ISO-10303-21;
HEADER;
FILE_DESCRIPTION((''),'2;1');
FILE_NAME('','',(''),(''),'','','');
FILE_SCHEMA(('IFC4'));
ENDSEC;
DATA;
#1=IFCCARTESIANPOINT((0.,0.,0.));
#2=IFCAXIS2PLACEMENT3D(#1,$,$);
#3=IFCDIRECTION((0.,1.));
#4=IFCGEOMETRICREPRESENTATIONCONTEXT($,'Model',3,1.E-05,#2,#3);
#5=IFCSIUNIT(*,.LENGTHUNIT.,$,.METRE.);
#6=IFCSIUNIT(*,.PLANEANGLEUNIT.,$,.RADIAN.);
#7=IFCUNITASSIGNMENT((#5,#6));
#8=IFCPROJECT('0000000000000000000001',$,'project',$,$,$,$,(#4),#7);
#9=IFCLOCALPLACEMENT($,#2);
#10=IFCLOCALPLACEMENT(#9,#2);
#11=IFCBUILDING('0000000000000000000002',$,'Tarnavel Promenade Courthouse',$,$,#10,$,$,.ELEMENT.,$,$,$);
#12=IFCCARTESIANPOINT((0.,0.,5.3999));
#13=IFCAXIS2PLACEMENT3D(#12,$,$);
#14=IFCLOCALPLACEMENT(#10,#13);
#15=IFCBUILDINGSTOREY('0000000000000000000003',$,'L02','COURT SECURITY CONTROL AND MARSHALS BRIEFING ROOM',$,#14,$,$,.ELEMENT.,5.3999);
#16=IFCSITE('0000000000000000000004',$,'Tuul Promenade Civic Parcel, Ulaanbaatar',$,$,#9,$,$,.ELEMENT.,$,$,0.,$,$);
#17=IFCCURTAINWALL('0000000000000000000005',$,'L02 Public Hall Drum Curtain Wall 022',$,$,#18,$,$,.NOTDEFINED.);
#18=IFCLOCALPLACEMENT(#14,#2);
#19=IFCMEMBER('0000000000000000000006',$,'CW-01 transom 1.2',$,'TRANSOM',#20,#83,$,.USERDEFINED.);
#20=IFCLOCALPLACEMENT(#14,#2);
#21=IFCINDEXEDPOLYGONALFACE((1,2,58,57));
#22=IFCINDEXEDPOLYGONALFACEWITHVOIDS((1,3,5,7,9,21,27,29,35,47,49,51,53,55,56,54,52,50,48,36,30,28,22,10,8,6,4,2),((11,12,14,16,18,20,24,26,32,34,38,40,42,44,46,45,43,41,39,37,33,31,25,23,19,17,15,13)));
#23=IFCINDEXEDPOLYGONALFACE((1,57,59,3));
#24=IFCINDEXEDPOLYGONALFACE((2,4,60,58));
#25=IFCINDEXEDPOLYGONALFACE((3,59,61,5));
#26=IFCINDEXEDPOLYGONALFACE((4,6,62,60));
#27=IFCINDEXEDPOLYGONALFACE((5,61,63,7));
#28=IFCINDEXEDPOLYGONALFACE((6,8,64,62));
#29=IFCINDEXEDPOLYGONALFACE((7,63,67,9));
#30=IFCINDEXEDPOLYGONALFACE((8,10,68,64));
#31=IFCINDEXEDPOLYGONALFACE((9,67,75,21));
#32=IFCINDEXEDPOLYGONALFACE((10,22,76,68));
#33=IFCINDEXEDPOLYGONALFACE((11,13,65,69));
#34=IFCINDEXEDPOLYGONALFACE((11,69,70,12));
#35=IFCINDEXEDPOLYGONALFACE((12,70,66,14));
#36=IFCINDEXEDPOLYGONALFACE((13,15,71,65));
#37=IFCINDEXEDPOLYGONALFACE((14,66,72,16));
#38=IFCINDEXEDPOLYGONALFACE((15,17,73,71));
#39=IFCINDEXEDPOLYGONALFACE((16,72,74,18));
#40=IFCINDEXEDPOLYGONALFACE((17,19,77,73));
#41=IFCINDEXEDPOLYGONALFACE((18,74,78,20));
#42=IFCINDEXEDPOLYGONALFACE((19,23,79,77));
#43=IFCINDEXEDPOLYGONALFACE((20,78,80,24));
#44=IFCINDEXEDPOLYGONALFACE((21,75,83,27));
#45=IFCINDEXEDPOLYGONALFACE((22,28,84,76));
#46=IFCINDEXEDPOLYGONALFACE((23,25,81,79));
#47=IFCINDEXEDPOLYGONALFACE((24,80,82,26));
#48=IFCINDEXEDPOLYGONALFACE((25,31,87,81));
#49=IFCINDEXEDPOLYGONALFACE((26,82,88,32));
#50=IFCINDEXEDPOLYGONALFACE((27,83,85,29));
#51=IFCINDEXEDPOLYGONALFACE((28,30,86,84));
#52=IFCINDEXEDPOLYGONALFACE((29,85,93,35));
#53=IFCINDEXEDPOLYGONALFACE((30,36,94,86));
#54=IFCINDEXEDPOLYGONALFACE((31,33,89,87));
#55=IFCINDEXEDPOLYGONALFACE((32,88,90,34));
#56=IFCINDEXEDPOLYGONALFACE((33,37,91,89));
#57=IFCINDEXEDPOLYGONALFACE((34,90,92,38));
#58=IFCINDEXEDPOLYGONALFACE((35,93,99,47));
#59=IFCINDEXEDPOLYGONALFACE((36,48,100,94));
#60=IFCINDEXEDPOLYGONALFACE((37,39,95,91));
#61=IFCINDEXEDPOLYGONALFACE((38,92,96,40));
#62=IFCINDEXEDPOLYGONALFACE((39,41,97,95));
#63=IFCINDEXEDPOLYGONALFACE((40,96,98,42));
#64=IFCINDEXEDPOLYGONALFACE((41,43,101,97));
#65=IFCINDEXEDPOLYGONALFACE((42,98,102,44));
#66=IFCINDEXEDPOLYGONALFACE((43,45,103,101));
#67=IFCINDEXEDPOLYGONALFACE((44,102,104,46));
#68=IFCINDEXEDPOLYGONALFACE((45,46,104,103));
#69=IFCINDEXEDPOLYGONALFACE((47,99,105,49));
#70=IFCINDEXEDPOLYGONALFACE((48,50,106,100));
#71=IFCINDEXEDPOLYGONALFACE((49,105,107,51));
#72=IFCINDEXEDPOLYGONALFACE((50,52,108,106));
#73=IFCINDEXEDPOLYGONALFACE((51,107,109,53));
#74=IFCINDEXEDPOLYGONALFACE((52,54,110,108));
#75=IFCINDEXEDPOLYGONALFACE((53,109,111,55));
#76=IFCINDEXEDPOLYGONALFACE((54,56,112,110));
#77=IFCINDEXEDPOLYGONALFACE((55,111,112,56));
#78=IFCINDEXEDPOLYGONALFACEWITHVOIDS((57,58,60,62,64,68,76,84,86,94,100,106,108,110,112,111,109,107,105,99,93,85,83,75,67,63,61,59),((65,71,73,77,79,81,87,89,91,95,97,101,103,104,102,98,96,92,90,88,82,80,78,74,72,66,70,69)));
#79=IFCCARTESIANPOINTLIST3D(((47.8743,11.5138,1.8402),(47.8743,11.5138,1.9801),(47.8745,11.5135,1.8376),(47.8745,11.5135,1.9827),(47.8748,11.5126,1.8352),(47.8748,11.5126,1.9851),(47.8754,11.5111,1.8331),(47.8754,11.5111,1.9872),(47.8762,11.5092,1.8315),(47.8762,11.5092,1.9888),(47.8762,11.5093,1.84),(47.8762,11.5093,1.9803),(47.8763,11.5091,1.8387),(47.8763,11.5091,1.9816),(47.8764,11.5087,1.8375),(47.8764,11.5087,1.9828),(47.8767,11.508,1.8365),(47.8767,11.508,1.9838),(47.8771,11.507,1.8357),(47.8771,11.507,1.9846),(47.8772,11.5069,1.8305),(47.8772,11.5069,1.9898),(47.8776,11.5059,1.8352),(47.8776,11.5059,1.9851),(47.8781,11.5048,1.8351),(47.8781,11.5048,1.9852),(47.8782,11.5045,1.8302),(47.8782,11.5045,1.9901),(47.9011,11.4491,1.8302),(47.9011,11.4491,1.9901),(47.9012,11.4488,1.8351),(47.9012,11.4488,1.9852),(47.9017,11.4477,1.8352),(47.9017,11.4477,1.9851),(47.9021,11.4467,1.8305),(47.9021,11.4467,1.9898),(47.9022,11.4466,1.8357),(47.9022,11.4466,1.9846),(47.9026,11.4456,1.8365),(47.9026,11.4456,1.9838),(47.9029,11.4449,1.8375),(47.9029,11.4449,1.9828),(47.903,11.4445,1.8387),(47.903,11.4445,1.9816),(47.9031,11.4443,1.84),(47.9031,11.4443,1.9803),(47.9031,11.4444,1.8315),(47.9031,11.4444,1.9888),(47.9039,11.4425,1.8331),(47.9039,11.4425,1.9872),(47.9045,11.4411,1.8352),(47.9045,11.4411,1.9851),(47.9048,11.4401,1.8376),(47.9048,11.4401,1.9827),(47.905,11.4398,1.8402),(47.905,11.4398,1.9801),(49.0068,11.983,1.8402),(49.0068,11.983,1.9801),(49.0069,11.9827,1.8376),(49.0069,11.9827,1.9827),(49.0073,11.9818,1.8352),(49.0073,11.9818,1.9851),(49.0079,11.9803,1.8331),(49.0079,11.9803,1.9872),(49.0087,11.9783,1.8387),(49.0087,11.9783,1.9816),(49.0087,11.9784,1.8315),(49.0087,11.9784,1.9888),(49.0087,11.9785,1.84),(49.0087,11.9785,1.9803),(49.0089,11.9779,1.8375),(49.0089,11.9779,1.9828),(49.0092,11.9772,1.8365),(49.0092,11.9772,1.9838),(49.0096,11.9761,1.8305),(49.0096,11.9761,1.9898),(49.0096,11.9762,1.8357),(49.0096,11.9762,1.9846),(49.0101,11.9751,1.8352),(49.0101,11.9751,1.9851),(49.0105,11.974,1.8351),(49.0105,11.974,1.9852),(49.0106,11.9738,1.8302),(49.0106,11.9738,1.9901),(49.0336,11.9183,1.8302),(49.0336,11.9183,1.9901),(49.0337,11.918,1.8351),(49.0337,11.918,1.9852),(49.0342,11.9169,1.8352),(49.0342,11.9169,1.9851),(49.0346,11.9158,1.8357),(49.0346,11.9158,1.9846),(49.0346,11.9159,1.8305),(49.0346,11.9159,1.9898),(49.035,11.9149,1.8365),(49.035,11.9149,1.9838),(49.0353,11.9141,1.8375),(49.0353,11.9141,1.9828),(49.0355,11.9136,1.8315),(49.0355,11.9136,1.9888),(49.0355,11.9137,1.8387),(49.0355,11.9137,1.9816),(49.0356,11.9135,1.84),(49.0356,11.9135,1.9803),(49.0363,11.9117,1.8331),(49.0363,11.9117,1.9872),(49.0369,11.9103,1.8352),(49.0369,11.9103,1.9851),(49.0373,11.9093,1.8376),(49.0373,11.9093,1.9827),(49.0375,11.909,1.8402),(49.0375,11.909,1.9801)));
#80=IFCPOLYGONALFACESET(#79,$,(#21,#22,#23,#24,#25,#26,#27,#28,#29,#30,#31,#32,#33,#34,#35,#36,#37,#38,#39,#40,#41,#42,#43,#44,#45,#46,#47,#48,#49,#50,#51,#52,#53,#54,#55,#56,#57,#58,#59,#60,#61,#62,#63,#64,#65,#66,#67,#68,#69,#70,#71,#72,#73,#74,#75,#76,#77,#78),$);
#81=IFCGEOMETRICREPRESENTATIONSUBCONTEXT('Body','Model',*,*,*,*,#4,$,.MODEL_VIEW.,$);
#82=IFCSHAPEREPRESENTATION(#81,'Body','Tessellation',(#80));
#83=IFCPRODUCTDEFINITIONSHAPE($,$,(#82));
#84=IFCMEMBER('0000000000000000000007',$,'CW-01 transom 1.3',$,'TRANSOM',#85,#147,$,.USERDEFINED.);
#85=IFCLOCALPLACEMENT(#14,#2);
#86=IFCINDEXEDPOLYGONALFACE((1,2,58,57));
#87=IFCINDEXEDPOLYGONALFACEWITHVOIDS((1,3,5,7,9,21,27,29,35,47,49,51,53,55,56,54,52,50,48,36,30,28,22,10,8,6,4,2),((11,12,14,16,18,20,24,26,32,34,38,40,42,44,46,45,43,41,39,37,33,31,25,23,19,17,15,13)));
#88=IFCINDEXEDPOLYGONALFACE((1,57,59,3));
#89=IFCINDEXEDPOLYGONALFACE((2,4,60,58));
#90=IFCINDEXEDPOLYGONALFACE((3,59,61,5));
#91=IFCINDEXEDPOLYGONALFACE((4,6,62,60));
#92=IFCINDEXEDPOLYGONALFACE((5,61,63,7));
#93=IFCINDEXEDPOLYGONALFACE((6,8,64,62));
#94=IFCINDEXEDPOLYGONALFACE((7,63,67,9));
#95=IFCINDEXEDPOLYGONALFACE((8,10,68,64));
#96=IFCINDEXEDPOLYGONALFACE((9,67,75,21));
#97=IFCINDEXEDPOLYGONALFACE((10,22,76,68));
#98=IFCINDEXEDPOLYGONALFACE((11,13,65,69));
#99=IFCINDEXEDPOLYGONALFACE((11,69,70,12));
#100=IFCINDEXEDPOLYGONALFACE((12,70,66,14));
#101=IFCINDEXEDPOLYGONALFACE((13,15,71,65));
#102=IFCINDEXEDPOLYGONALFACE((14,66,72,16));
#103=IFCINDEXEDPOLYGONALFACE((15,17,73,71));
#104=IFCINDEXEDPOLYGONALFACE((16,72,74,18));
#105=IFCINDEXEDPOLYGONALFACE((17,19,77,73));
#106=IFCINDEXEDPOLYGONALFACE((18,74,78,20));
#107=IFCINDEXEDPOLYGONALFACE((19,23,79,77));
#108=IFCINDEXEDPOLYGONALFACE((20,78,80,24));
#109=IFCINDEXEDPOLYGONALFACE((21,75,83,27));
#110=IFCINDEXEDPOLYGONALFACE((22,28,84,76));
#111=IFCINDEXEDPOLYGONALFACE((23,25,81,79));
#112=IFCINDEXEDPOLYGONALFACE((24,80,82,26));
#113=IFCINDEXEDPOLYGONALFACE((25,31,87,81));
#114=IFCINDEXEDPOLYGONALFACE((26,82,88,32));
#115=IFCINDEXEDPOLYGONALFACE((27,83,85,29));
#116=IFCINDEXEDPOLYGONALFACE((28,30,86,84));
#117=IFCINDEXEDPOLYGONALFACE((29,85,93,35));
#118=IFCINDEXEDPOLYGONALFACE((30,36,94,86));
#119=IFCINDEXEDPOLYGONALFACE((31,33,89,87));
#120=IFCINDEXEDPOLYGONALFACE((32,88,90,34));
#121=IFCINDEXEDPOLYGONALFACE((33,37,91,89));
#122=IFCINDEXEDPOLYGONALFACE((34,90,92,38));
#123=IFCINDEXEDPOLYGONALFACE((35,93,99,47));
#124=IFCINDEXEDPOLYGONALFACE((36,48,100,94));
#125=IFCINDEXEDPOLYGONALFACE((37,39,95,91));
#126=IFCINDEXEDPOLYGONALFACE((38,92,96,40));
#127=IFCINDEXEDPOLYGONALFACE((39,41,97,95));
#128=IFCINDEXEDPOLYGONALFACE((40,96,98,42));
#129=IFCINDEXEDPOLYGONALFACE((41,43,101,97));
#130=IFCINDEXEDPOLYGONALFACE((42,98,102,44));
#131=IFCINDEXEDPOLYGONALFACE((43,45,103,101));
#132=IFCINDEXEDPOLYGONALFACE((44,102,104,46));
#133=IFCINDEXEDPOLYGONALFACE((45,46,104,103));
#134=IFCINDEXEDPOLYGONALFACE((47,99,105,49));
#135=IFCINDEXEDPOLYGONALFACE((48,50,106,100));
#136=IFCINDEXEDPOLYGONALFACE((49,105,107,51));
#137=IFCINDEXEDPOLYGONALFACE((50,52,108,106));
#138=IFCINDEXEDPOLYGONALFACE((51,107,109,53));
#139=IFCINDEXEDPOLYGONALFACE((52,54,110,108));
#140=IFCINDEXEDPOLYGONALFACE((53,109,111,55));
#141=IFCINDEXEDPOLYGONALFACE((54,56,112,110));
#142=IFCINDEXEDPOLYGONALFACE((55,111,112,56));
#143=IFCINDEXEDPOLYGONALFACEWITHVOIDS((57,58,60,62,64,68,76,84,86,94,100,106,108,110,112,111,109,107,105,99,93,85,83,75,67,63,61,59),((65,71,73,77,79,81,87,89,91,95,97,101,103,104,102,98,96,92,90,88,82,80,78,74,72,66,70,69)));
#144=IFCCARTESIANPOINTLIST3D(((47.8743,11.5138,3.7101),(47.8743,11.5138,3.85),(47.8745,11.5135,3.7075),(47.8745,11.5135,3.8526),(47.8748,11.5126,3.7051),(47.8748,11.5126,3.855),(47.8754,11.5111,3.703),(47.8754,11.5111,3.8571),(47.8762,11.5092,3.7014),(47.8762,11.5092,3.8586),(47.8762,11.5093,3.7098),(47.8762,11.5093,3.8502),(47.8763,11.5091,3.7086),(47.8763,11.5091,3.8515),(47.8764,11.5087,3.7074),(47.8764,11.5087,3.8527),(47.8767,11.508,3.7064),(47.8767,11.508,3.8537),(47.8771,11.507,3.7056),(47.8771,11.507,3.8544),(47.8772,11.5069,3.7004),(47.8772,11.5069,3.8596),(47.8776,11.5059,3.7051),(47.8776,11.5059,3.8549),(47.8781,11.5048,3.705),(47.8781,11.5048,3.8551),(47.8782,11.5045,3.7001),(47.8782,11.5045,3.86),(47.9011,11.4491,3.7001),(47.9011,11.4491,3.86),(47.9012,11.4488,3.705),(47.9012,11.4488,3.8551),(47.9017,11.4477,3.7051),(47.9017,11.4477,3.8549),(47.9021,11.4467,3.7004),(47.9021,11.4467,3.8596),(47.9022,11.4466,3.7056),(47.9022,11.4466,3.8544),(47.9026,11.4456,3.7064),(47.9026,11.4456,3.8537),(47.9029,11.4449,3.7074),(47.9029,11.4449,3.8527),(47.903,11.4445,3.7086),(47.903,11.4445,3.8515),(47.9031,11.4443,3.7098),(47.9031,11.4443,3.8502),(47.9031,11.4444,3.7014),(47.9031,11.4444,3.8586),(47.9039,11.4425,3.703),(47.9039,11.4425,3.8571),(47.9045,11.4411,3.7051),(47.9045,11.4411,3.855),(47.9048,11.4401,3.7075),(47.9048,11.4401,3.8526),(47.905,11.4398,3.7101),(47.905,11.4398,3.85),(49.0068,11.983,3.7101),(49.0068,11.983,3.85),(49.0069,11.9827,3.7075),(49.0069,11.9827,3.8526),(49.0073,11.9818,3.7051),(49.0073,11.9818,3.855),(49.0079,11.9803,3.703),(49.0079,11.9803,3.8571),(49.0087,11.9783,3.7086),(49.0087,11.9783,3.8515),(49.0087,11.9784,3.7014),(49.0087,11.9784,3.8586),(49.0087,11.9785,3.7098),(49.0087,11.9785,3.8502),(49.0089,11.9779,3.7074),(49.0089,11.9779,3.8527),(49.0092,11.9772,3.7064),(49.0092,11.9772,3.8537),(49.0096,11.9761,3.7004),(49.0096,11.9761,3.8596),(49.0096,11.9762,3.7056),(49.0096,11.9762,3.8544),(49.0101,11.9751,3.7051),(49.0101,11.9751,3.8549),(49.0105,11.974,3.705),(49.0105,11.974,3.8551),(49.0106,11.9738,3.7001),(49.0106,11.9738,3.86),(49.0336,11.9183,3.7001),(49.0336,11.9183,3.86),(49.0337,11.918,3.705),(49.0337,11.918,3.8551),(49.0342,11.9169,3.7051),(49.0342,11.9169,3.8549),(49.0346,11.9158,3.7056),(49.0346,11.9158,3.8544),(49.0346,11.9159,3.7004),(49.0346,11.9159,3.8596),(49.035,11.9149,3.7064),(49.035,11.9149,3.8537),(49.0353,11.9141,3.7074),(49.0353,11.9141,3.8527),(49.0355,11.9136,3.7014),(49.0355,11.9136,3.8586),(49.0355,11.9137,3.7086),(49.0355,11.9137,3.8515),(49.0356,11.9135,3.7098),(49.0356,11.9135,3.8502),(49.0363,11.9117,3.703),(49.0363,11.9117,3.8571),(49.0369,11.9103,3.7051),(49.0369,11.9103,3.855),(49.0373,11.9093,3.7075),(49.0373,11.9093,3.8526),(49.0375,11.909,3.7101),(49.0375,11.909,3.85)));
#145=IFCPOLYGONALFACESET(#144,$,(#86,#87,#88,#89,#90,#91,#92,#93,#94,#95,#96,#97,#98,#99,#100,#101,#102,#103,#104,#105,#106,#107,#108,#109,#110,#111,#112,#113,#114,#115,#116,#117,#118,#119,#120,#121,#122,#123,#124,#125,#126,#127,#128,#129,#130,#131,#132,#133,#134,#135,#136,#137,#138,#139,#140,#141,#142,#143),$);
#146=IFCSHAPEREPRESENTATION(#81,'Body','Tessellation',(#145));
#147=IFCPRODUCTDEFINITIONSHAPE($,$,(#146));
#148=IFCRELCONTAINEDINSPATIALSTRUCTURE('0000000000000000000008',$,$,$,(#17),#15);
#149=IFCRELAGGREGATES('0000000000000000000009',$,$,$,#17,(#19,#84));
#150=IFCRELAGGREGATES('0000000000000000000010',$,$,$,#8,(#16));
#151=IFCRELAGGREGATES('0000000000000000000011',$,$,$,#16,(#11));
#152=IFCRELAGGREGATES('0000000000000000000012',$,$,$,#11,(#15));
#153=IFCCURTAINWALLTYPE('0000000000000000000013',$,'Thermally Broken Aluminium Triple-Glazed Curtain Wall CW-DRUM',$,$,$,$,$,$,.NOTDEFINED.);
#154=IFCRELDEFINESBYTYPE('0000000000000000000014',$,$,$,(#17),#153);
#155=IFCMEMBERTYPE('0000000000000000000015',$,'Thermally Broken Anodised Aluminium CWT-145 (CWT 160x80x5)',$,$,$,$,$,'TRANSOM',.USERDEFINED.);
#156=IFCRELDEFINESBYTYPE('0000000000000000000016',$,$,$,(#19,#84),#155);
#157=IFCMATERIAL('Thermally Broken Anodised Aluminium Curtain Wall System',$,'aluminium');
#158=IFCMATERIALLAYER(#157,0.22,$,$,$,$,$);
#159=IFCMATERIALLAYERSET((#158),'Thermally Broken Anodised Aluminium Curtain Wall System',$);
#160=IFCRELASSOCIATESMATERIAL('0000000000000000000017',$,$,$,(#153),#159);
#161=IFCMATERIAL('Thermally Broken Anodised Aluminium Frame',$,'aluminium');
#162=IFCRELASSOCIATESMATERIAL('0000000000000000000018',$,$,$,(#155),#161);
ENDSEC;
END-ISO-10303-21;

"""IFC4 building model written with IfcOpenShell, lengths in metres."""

from ifc_helpers import new_model, si_unit, direction, frame, origin, origin_2d, place, context, subcontext, project, spatial, hollow_rectangle, extrude, material, layer, layer_set, material_profile, profile_set, type_object, element, aggregate, save


model = new_model("IFC4")

# Units and contexts
model_context = context("Model", 3, precision=1e-05, world=origin(), true_north=direction((0.0, 1.0)))
body_context = subcontext(model_context, "Body", "Model", "MODEL_VIEW")
ifc_project = project(units=[si_unit("LENGTHUNIT", "METRE"), si_unit("PLANEANGLEUNIT", "RADIAN")], contexts=[model_context])

# Site, building, storey
site_placement = place(None, origin())
site = spatial("IfcSite", under=ifc_project, at=site_placement, Name="Tuul Promenade Civic Parcel, Ulaanbaatar", CompositionType="ELEMENT", RefElevation=0.0)
building_placement = place(site_placement, origin())
building = spatial("IfcBuilding", under=site, at=building_placement, Name="Tarnavel Promenade Courthouse", CompositionType="ELEMENT")
storey_placement = place(building_placement, frame((0.0, 0.0, 5.3999)))
storey = spatial("IfcBuildingStorey", under=building, at=storey_placement, Name="L02", Description="COURT SECURITY CONTROL AND MARSHALS BRIEFING ROOM", CompositionType="ELEMENT", Elevation=5.3999)

# Curtain wall
ifc_material_1 = material(Name="Thermally Broken Anodised Aluminium Curtain Wall System", Category="aluminium")
ifc_layer_1 = layer(ifc_material_1, 0.22)
ifc_layer_set_1 = layer_set([ifc_layer_1], Name="Thermally Broken Anodised Aluminium Curtain Wall System")
curtain_wall_type = type_object("IfcCurtainWallType", Name="Thermally Broken Aluminium Triple-Glazed Curtain Wall CW-DRUM", PredefinedType="NOTDEFINED", material=ifc_layer_set_1)
ifc_material_2 = material(Name="Thermally Broken Anodised Aluminium Frame", Category="aluminium")
curtain_wall_1_placement = place(storey_placement, origin())
curtain_wall_1 = element("IfcCurtainWall", 1, at=curtain_wall_1_placement, inside=storey, type_object=curtain_wall_type, Name="L02 Public Hall Drum Curtain Wall 022", PredefinedType="NOTDEFINED")

# Members
ifc_material_profile_1 = material_profile(ifc_material_2, hollow_rectangle(XDim=0.0801, YDim=0.1599, WallThickness=0.0049, InnerFilletRadius=0.0049, OuterFilletRadius=0.01, at=origin_2d()), Name="CWT 160x80x5")
ifc_profile_set_1 = profile_set([ifc_material_profile_1], Name="Thermally Broken Anodised Aluminium Frame")
member_type_1 = type_object("IfcMemberType", Name="Thermally Broken Anodised Aluminium CWT-145 (CWT 160x80x5)", ElementType="TRANSOM", PredefinedType="USERDEFINED", material=ifc_profile_set_1)
member_1_placement = place(storey_placement, frame((47.8896, 11.4768, 1.9102), z_axis=(0.923847, 0.382762, 0.0), x_axis=(-0.382762, 0.923847, 0.0)))
member_1 = element("IfcMember", 2, at=member_1_placement, type_object=member_type_1, Name="CW-01 transom 1.2", ObjectType="TRANSOM", PredefinedType="USERDEFINED", context=body_context, shape_type="SweptSolid", body=[
    extrude(hollow_rectangle(XDim=0.0801, YDim=0.1599, WallThickness=0.0049, InnerFilletRadius=0.0049, OuterFilletRadius=0.01, at=origin_2d()), origin(), (0.0, 0.0, 1.0), 1.2258),
])
member_2_placement = place(storey_placement, frame((47.8896, 11.4768, 3.78), z_axis=(0.923847, 0.382762, 0.0), x_axis=(-0.382762, 0.923847, 0.0)))
member_2 = element("IfcMember", 3, at=member_2_placement, type_object=member_type_1, Name="CW-01 transom 1.3", ObjectType="TRANSOM", PredefinedType="USERDEFINED", context=body_context, shape_type="SweptSolid", body=[
    extrude(hollow_rectangle(XDim=0.0801, YDim=0.1599, WallThickness=0.0049, InnerFilletRadius=0.0049, OuterFilletRadius=0.01, at=origin_2d()), origin(), (0.0, 0.0, 1.0), 1.2258),
])

aggregate(curtain_wall_1, [member_1, member_2])

save(model, "model.ifc")
